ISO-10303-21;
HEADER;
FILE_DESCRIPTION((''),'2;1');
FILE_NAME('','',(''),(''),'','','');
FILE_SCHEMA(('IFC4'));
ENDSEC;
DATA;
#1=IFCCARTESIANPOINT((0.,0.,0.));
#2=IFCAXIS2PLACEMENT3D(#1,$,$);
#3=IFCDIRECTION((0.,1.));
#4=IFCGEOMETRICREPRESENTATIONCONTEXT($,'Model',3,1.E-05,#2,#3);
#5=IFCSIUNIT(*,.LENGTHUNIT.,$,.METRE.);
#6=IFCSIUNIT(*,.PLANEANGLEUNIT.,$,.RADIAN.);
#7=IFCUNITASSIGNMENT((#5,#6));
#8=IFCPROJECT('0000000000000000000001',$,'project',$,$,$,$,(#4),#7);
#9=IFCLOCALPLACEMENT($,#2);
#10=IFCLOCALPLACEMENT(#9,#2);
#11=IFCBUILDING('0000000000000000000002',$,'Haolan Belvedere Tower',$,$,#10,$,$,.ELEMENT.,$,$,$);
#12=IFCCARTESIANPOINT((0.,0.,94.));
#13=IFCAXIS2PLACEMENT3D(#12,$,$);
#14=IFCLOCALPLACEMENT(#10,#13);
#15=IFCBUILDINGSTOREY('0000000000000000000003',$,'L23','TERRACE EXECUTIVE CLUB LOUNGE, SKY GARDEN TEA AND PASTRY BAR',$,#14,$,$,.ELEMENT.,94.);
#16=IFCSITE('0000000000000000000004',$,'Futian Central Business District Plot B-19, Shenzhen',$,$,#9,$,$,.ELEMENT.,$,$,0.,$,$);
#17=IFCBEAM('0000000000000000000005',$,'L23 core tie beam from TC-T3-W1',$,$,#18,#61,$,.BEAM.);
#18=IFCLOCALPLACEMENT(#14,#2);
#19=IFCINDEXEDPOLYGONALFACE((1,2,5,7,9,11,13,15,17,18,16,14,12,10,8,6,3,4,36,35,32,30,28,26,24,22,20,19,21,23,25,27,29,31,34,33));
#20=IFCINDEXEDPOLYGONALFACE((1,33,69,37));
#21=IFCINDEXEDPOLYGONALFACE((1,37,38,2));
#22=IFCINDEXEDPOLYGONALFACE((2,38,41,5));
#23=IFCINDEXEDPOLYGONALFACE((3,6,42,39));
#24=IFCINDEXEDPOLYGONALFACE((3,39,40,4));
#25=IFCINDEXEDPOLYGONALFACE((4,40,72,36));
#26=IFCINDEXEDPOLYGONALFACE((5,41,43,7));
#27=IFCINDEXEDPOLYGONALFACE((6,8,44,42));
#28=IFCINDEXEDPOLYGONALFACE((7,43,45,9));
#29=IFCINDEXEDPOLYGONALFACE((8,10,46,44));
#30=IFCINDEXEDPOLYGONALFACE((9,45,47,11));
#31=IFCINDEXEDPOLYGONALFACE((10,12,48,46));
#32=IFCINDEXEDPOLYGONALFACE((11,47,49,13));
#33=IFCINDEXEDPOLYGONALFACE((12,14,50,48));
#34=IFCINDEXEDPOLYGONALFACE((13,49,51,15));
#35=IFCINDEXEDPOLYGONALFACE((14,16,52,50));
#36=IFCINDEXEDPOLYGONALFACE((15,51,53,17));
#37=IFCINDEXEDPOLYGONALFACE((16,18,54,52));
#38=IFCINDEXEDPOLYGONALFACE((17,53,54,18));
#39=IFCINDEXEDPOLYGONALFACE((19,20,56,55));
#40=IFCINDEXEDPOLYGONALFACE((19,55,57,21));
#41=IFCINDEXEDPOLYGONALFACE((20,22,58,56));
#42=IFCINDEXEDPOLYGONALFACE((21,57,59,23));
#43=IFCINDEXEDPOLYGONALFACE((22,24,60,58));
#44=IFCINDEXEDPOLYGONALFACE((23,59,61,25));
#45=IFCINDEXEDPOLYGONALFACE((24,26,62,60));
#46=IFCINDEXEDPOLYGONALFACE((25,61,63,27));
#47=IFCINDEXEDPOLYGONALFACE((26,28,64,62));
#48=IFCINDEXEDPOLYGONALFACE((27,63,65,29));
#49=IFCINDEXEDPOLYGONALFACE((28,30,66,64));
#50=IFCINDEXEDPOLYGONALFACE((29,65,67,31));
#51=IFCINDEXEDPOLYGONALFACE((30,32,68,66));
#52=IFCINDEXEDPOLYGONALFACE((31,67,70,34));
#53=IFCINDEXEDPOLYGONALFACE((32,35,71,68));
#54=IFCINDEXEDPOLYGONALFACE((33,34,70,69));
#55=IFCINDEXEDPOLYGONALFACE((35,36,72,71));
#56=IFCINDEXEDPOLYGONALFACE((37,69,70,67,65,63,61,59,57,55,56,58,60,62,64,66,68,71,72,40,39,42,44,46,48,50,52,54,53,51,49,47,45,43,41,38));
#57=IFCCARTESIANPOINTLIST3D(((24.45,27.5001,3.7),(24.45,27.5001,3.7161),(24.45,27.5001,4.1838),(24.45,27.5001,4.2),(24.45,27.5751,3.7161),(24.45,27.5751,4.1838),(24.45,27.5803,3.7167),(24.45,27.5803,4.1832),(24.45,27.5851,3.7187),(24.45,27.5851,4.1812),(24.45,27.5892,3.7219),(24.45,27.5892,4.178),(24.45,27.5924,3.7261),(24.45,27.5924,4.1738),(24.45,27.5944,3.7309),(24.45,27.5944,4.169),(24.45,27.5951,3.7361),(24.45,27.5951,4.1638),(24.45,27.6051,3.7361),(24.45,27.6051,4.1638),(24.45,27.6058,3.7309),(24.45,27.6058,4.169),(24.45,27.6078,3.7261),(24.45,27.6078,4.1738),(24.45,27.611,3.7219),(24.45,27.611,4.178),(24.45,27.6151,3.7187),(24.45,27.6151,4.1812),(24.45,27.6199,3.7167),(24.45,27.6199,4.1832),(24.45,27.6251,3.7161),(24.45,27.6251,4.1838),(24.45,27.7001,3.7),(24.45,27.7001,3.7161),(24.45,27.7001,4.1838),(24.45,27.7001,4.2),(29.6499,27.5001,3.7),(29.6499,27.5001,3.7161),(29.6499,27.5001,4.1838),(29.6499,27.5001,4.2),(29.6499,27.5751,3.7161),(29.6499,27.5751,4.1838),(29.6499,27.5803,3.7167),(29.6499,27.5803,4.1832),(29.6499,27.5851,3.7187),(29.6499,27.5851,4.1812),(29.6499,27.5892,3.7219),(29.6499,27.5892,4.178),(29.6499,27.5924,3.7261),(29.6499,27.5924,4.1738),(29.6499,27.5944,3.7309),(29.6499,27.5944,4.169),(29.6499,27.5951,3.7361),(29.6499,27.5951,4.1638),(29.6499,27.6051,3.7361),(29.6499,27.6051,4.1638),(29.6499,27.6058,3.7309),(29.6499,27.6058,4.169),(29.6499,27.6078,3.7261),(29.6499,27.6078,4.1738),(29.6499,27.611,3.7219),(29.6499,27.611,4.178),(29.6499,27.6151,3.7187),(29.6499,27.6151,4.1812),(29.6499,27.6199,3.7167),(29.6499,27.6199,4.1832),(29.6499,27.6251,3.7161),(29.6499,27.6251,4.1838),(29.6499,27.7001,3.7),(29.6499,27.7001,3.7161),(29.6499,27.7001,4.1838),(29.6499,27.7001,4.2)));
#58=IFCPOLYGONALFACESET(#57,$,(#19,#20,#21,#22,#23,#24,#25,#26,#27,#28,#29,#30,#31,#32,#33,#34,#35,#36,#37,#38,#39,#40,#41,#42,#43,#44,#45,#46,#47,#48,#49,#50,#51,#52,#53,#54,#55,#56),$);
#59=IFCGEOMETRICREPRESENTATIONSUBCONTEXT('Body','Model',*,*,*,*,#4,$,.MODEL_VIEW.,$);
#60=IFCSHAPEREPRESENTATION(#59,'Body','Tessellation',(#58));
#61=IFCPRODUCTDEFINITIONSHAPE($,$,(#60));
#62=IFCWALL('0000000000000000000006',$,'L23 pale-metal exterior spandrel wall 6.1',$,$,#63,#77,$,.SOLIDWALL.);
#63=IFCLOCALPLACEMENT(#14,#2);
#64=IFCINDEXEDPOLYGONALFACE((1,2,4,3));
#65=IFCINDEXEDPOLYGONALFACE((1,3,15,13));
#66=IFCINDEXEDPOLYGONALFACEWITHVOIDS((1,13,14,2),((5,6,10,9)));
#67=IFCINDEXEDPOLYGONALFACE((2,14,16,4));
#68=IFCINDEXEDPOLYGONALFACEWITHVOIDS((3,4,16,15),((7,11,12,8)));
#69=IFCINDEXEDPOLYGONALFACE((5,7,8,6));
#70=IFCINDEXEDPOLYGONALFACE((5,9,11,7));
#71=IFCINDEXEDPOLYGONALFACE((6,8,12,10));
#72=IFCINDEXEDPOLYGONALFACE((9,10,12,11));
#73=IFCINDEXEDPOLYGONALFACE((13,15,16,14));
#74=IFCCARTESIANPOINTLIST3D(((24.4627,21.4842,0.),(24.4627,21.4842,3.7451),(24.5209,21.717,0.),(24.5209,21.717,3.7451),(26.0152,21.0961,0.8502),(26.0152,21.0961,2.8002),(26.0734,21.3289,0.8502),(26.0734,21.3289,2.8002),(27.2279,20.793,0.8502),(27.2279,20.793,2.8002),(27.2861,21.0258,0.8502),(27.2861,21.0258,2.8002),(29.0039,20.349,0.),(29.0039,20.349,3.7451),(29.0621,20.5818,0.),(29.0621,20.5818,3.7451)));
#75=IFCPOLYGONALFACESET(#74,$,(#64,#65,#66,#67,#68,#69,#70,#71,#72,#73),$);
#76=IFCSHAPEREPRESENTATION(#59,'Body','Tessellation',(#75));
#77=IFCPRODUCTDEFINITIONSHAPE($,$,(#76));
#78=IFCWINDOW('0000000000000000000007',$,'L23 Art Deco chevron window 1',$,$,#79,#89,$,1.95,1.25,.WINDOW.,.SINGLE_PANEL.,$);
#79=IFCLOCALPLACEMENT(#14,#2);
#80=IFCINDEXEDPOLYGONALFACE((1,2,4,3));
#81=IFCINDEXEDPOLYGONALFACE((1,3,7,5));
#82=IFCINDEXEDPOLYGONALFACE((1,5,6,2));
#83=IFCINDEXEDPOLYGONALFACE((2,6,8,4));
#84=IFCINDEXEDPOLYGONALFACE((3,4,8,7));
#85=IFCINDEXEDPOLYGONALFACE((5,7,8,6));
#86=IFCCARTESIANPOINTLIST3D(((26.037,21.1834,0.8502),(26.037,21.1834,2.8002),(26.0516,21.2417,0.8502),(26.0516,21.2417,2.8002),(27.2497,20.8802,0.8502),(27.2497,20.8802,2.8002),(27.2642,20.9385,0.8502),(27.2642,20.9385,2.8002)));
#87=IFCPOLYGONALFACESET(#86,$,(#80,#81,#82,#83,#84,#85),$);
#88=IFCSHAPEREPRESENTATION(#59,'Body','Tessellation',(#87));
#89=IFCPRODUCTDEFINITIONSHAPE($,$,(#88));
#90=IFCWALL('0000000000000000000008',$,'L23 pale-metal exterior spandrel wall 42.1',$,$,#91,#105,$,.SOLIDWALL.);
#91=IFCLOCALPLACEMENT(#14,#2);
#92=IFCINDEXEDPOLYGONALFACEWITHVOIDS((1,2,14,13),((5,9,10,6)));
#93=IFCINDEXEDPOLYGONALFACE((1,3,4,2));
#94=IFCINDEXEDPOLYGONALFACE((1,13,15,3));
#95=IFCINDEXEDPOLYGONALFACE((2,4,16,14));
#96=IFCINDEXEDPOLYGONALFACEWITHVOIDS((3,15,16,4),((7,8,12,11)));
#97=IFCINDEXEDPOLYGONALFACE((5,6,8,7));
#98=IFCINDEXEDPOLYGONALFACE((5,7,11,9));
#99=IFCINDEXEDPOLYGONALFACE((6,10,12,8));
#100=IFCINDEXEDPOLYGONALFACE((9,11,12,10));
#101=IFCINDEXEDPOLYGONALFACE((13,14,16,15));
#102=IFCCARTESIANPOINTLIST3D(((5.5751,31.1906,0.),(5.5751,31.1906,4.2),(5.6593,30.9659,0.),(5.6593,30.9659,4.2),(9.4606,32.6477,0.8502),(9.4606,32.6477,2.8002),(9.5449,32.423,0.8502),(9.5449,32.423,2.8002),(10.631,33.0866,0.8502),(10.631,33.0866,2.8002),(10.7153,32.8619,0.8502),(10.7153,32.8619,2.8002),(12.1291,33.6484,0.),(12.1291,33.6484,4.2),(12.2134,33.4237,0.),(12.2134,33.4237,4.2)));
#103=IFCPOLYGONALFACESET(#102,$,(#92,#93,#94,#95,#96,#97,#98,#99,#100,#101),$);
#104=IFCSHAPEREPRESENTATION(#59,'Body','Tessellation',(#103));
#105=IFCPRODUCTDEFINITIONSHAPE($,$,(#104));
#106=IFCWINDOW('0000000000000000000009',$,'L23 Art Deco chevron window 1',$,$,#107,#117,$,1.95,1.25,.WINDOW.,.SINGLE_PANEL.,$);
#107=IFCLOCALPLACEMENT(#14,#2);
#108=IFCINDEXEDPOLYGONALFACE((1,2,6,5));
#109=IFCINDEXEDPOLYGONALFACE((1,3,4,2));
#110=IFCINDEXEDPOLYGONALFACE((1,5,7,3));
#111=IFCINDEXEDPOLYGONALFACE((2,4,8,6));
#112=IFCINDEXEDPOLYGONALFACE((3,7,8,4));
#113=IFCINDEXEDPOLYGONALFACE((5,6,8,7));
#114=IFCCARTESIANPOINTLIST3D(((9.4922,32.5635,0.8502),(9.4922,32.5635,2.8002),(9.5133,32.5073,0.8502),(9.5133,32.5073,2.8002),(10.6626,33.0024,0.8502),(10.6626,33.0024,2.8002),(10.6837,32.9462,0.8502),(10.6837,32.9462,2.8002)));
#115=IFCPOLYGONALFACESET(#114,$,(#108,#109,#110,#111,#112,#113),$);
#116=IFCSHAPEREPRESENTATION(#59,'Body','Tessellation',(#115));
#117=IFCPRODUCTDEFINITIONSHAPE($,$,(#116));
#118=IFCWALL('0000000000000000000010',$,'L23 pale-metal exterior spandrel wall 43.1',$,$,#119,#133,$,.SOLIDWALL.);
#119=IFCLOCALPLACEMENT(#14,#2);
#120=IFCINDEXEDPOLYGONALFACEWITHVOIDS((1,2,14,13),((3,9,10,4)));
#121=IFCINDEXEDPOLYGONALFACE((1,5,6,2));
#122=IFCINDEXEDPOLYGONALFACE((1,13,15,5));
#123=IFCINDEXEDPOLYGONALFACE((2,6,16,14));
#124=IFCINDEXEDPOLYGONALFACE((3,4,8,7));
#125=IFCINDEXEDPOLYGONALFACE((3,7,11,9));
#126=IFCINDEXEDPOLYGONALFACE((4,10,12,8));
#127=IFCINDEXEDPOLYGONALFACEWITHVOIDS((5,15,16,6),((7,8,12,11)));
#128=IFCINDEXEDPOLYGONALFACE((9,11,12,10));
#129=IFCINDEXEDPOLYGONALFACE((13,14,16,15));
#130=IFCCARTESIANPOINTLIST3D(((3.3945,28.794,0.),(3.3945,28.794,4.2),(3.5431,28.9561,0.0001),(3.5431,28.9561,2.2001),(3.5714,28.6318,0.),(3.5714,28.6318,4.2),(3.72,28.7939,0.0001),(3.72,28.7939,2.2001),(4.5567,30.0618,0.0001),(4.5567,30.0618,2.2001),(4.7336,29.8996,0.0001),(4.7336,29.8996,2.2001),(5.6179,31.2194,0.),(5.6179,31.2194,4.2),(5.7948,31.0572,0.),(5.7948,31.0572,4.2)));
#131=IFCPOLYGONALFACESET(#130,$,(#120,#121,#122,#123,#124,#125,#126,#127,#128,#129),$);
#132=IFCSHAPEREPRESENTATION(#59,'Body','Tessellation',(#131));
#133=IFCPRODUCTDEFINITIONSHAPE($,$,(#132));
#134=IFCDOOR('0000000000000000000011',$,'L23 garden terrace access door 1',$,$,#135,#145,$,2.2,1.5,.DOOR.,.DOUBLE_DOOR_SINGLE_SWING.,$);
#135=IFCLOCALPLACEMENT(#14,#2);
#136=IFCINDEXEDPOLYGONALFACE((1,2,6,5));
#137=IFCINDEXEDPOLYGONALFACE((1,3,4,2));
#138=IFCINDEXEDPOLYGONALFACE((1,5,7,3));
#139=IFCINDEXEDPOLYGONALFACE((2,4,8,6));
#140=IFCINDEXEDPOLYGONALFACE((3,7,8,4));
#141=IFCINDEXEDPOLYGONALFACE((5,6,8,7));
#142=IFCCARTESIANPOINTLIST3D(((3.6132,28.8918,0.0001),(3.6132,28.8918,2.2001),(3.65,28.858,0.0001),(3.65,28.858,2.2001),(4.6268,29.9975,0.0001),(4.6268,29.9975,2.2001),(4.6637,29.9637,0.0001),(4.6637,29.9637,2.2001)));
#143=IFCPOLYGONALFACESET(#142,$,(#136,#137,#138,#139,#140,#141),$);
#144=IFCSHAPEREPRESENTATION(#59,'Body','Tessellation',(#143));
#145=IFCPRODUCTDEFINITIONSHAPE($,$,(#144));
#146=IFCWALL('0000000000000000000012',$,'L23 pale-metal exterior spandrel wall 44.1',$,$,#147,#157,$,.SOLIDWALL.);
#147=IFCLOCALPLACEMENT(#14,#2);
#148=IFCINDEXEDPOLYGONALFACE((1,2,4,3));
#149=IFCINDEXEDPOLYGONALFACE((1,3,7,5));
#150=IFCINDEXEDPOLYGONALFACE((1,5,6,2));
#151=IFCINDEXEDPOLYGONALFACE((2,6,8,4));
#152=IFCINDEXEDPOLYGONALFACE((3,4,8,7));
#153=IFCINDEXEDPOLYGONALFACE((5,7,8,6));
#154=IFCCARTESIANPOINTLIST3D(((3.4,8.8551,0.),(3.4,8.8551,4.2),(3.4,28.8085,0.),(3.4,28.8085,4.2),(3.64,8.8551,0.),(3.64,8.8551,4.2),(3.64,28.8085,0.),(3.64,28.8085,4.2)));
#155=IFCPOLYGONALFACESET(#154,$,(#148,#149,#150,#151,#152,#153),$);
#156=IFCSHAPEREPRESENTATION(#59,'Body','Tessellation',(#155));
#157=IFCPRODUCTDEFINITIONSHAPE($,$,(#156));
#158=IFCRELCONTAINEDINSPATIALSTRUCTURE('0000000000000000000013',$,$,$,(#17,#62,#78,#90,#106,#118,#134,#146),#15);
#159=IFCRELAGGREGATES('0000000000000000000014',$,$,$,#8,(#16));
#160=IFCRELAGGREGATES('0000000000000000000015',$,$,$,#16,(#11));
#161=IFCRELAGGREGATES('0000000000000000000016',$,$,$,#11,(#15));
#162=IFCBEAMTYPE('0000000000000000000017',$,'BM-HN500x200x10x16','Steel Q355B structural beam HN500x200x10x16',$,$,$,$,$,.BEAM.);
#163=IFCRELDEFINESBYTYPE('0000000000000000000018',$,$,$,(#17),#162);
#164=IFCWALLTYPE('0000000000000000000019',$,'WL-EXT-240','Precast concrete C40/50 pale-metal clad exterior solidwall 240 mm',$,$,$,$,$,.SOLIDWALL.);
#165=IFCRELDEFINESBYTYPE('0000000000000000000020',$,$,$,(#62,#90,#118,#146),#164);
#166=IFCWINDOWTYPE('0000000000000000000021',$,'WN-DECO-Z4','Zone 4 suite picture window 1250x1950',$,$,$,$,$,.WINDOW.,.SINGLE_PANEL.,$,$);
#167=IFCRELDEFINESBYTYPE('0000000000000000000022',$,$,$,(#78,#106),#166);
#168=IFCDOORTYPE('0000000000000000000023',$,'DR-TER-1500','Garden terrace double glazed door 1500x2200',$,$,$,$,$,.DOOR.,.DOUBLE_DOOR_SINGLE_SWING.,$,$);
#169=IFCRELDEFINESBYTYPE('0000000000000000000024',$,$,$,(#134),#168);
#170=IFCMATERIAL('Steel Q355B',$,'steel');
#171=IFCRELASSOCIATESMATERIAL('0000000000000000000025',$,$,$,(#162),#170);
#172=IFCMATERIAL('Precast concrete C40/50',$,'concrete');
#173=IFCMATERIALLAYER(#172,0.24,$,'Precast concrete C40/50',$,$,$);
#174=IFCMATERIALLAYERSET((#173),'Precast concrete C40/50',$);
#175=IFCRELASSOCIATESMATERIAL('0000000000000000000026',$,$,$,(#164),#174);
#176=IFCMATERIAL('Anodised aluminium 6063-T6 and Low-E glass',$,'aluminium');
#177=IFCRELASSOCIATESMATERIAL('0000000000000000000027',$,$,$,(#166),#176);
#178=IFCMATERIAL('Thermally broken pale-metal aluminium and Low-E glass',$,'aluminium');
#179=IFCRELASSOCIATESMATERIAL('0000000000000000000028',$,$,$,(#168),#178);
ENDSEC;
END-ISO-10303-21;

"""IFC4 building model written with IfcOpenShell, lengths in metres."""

from ifc_helpers import new_model, si_unit, direction, frame, frame_2d, origin, origin_2d, place, context, subcontext, project, spatial, rectangle, i_section, extrude, material, layer, layer_set, material_profile, profile_set, type_object, element, fill, save


model = new_model("IFC4")

# Units and contexts
model_context = context("Model", 3, precision=1e-05, world=origin(), true_north=direction((0.0, 1.0)))
body_context = subcontext(model_context, "Body", "Model", "MODEL_VIEW")
ifc_project = project(units=[si_unit("LENGTHUNIT", "METRE"), si_unit("PLANEANGLEUNIT", "RADIAN")], contexts=[model_context])

# Site, building, storey
site_placement = place(None, origin())
site = spatial("IfcSite", under=ifc_project, at=site_placement, Name="Futian Central Business District Plot B-19, Shenzhen", CompositionType="ELEMENT", RefElevation=0.0)
building_placement = place(site_placement, origin())
building = spatial("IfcBuilding", under=site, at=building_placement, Name="Haolan Belvedere Tower", CompositionType="ELEMENT")
storey_placement = place(building_placement, frame((0.0, 0.0, 94.0)))
storey = spatial("IfcBuildingStorey", under=building, at=storey_placement, Name="L23", Description="TERRACE EXECUTIVE CLUB LOUNGE, SKY GARDEN TEA AND PASTRY BAR", CompositionType="ELEMENT", Elevation=94.0)

# Beam
ifc_material_1 = material(Name="Steel Q355B", Category="steel")
ifc_material_profile_1 = material_profile(ifc_material_1, i_section(OverallWidth=0.2, OverallDepth=0.5, WebThickness=0.01, FlangeThickness=0.0161, FilletRadius=0.02, at=origin_2d()), Name="Steel Q355B")
ifc_profile_set_1 = profile_set([ifc_material_profile_1], Name="Steel Q355B")
beam_type_1 = type_object("IfcBeamType", Name="BM-HN500x200x10x16", Description="Steel Q355B structural beam HN500x200x10x16", PredefinedType="BEAM", material=ifc_profile_set_1)
beam_1_placement = place(storey_placement, frame((24.45, 27.6001, 3.95), z_axis=(1.0, 0.0, 0.0), x_axis=(0.0, 1.0, 0.0)))
element("IfcBeam", 1, at=beam_1_placement, inside=storey, type_object=beam_type_1, Name="L23 core tie beam from TC-T3-W1", PredefinedType="BEAM", context=body_context, shape_type="SweptSolid", body=[
    extrude(i_section(OverallWidth=0.2, OverallDepth=0.5, WebThickness=0.01, FlangeThickness=0.0161, FilletRadius=0.02, at=origin_2d()), origin(), (0.0, 0.0, 1.0), 5.2),
])

# Walls, openings, windows
ifc_material_2 = material(Name="Precast concrete C40/50", Category="concrete")
ifc_layer_1 = layer(ifc_material_2, 0.24, Name="Precast concrete C40/50")
ifc_layer_set_1 = layer_set([ifc_layer_1], Name="Precast concrete C40/50")
wall_type_1 = type_object("IfcWallType", Name="WL-EXT-240", Description="Precast concrete C40/50 pale-metal clad exterior solidwall 240 mm", PredefinedType="SOLIDWALL", material=ifc_layer_set_1)
wall_1_placement = place(storey_placement, frame((24.4919, 21.6006, 0.0), z_axis=(0.0, 0.0, 1.0), x_axis=(0.970146, -0.242523, 0.0)))
wall_1 = element("IfcWall", 2, at=wall_1_placement, inside=storey, type_object=wall_type_1, Name="L23 pale-metal exterior spandrel wall 6.1", PredefinedType="SOLIDWALL", context=body_context, shape_type="SweptSolid", body=[
    extrude(rectangle(XDim=4.6809, YDim=0.24, at=frame_2d((2.3403, 0.0))), origin(), (0.0, 0.0, 1.0), 3.7451),
])
opening_1_placement = place(wall_1_placement, frame((1.6001, 0.0, 0.8501)))
opening_1 = element("IfcOpeningElement", 3, at=opening_1_placement, cuts=wall_1, PredefinedType="OPENING", context=body_context, shape_type="SweptSolid", body=[
    extrude(rectangle(XDim=1.25, YDim=1.95, at=frame_2d((0.625, 0.9751))), frame((0.0, 0.1299, 0.0), z_axis=(0.0, -1.0, 0.0), x_axis=(1.0, 0.0, 0.0)), (0.0, 0.0, 1.0), 0.26),
])
ifc_material_3 = material(Name="Anodised aluminium 6063-T6 and Low-E glass", Category="aluminium")
window_type = type_object("IfcWindowType", Name="WN-DECO-Z4", Description="Zone 4 suite picture window 1250x1950", PartitioningType="SINGLE_PANEL", PredefinedType="WINDOW", material=ifc_material_3)
window_1_placement = place(opening_1_placement, origin())
window_1 = element("IfcWindow", 4, at=window_1_placement, inside=storey, type_object=window_type, Name="L23 Art Deco chevron window 1", OverallHeight=1.95, OverallWidth=1.25, PartitioningType="SINGLE_PANEL", PredefinedType="WINDOW", context=body_context, shape_type="SweptSolid", body=[
    extrude(rectangle(XDim=1.25, YDim=1.95, at=frame_2d((0.625, 0.9751))), frame((0.0, 0.03, 0.0), z_axis=(0.0, -1.0, 0.0), x_axis=(1.0, 0.0, 0.0)), (0.0, 0.0, 1.0), 0.0601),
])
fill(opening_1, window_1)
wall_2_placement = place(storey_placement, frame((12.1714, 33.5361, 0.0), z_axis=(0.0, 0.0, 1.0), x_axis=(-0.936328, -0.351127, 0.0)))
wall_2 = element("IfcWall", 5, at=wall_2_placement, inside=storey, type_object=wall_type_1, Name="L23 pale-metal exterior spandrel wall 42.1", PredefinedType="SOLIDWALL", context=body_context, shape_type="SweptSolid", body=[
    extrude(rectangle(XDim=6.9998, YDim=0.24, at=frame_2d((3.5, 0.0))), origin(), (0.0, 0.0, 1.0), 4.2),
])
opening_2_placement = place(wall_2_placement, frame((1.6001, 0.0, 0.8501)))
opening_2 = element("IfcOpeningElement", 6, at=opening_2_placement, cuts=wall_2, PredefinedType="OPENING", context=body_context, shape_type="SweptSolid", body=[
    extrude(rectangle(XDim=1.25, YDim=1.95, at=frame_2d((0.625, 0.9751))), frame((0.0, 0.1299, 0.0), z_axis=(0.0, -1.0, 0.0), x_axis=(1.0, 0.0, 0.0)), (0.0, 0.0, 1.0), 0.26),
])
window_2_placement = place(opening_2_placement, origin())
window_2 = element("IfcWindow", 7, at=window_2_placement, inside=storey, type_object=window_type, Name="L23 Art Deco chevron window 1", OverallHeight=1.95, OverallWidth=1.25, PartitioningType="SINGLE_PANEL", PredefinedType="WINDOW", context=body_context, shape_type="SweptSolid", body=[
    extrude(rectangle(XDim=1.25, YDim=1.95, at=frame_2d((0.625, 0.9751))), frame((0.0, 0.03, 0.0), z_axis=(0.0, -1.0, 0.0), x_axis=(1.0, 0.0, 0.0)), (0.0, 0.0, 1.0), 0.0601),
])
fill(opening_2, window_2)

# Wall, opening, door
wall_3_placement = place(storey_placement, frame((5.7063, 31.1382, 0.0), z_axis=(0.0, 0.0, 1.0), x_axis=(-0.675758, -0.737123, 0.0)))
wall_3 = element("IfcWall", 8, at=wall_3_placement, inside=storey, type_object=wall_type_1, Name="L23 pale-metal exterior spandrel wall 43.1", PredefinedType="SOLIDWALL", context=body_context, shape_type="SweptSolid", body=[
    extrude(rectangle(XDim=3.2903, YDim=0.24, at=frame_2d((1.645, 0.0))), origin(), (0.0, 0.0, 1.0), 4.2),
])
opening_3_placement = place(wall_3_placement, frame((3.0703, 0.0, 0.0), z_axis=(0.0, 0.0, 1.0), x_axis=(-1.0, 0.0, 0.0)))
opening_3 = element("IfcOpeningElement", 9, at=opening_3_placement, cuts=wall_3, PredefinedType="OPENING", context=body_context, shape_type="SweptSolid", body=[
    extrude(rectangle(XDim=1.5, YDim=2.2, at=frame_2d((0.75, 1.1001))), frame((0.0, 0.1299, 0.0), z_axis=(0.0, -1.0, 0.0), x_axis=(1.0, 0.0, 0.0)), (0.0, 0.0, 1.0), 0.26),
])
ifc_material_4 = material(Name="Thermally broken pale-metal aluminium and Low-E glass", Category="aluminium")
door_type_1 = type_object("IfcDoorType", Name="DR-TER-1500", Description="Garden terrace double glazed door 1500x2200", OperationType="DOUBLE_DOOR_SINGLE_SWING", PredefinedType="DOOR", material=ifc_material_4)
door_1_placement = place(opening_3_placement, origin())
door_1 = element("IfcDoor", 10, at=door_1_placement, inside=storey, type_object=door_type_1, Name="L23 garden terrace access door 1", OperationType="DOUBLE_DOOR_SINGLE_SWING", OverallHeight=2.2, OverallWidth=1.5, PredefinedType="DOOR", context=body_context, shape_type="SweptSolid", body=[
    extrude(rectangle(XDim=1.5, YDim=2.2, at=frame_2d((0.75, 1.1001))), frame((0.0, 0.0249, 0.0), z_axis=(0.0, -1.0, 0.0), x_axis=(1.0, 0.0, 0.0)), (0.0, 0.0, 1.0), 0.05),
])
fill(opening_3, door_1)

# Wall
wall_4_placement = place(storey_placement, frame((3.52, 28.8083, 0.0), z_axis=(0.0, 0.0, 1.0), x_axis=(0.0, -1.0, 0.0)))
element("IfcWall", 11, at=wall_4_placement, inside=storey, type_object=wall_type_1, Name="L23 pale-metal exterior spandrel wall 44.1", PredefinedType="SOLIDWALL", context=body_context, shape_type="SweptSolid", body=[
    extrude(rectangle(XDim=19.9534, YDim=0.24, at=frame_2d((9.9766, 0.0))), origin(), (0.0, 0.0, 1.0), 4.2),
])

save(model, "model.ifc")
